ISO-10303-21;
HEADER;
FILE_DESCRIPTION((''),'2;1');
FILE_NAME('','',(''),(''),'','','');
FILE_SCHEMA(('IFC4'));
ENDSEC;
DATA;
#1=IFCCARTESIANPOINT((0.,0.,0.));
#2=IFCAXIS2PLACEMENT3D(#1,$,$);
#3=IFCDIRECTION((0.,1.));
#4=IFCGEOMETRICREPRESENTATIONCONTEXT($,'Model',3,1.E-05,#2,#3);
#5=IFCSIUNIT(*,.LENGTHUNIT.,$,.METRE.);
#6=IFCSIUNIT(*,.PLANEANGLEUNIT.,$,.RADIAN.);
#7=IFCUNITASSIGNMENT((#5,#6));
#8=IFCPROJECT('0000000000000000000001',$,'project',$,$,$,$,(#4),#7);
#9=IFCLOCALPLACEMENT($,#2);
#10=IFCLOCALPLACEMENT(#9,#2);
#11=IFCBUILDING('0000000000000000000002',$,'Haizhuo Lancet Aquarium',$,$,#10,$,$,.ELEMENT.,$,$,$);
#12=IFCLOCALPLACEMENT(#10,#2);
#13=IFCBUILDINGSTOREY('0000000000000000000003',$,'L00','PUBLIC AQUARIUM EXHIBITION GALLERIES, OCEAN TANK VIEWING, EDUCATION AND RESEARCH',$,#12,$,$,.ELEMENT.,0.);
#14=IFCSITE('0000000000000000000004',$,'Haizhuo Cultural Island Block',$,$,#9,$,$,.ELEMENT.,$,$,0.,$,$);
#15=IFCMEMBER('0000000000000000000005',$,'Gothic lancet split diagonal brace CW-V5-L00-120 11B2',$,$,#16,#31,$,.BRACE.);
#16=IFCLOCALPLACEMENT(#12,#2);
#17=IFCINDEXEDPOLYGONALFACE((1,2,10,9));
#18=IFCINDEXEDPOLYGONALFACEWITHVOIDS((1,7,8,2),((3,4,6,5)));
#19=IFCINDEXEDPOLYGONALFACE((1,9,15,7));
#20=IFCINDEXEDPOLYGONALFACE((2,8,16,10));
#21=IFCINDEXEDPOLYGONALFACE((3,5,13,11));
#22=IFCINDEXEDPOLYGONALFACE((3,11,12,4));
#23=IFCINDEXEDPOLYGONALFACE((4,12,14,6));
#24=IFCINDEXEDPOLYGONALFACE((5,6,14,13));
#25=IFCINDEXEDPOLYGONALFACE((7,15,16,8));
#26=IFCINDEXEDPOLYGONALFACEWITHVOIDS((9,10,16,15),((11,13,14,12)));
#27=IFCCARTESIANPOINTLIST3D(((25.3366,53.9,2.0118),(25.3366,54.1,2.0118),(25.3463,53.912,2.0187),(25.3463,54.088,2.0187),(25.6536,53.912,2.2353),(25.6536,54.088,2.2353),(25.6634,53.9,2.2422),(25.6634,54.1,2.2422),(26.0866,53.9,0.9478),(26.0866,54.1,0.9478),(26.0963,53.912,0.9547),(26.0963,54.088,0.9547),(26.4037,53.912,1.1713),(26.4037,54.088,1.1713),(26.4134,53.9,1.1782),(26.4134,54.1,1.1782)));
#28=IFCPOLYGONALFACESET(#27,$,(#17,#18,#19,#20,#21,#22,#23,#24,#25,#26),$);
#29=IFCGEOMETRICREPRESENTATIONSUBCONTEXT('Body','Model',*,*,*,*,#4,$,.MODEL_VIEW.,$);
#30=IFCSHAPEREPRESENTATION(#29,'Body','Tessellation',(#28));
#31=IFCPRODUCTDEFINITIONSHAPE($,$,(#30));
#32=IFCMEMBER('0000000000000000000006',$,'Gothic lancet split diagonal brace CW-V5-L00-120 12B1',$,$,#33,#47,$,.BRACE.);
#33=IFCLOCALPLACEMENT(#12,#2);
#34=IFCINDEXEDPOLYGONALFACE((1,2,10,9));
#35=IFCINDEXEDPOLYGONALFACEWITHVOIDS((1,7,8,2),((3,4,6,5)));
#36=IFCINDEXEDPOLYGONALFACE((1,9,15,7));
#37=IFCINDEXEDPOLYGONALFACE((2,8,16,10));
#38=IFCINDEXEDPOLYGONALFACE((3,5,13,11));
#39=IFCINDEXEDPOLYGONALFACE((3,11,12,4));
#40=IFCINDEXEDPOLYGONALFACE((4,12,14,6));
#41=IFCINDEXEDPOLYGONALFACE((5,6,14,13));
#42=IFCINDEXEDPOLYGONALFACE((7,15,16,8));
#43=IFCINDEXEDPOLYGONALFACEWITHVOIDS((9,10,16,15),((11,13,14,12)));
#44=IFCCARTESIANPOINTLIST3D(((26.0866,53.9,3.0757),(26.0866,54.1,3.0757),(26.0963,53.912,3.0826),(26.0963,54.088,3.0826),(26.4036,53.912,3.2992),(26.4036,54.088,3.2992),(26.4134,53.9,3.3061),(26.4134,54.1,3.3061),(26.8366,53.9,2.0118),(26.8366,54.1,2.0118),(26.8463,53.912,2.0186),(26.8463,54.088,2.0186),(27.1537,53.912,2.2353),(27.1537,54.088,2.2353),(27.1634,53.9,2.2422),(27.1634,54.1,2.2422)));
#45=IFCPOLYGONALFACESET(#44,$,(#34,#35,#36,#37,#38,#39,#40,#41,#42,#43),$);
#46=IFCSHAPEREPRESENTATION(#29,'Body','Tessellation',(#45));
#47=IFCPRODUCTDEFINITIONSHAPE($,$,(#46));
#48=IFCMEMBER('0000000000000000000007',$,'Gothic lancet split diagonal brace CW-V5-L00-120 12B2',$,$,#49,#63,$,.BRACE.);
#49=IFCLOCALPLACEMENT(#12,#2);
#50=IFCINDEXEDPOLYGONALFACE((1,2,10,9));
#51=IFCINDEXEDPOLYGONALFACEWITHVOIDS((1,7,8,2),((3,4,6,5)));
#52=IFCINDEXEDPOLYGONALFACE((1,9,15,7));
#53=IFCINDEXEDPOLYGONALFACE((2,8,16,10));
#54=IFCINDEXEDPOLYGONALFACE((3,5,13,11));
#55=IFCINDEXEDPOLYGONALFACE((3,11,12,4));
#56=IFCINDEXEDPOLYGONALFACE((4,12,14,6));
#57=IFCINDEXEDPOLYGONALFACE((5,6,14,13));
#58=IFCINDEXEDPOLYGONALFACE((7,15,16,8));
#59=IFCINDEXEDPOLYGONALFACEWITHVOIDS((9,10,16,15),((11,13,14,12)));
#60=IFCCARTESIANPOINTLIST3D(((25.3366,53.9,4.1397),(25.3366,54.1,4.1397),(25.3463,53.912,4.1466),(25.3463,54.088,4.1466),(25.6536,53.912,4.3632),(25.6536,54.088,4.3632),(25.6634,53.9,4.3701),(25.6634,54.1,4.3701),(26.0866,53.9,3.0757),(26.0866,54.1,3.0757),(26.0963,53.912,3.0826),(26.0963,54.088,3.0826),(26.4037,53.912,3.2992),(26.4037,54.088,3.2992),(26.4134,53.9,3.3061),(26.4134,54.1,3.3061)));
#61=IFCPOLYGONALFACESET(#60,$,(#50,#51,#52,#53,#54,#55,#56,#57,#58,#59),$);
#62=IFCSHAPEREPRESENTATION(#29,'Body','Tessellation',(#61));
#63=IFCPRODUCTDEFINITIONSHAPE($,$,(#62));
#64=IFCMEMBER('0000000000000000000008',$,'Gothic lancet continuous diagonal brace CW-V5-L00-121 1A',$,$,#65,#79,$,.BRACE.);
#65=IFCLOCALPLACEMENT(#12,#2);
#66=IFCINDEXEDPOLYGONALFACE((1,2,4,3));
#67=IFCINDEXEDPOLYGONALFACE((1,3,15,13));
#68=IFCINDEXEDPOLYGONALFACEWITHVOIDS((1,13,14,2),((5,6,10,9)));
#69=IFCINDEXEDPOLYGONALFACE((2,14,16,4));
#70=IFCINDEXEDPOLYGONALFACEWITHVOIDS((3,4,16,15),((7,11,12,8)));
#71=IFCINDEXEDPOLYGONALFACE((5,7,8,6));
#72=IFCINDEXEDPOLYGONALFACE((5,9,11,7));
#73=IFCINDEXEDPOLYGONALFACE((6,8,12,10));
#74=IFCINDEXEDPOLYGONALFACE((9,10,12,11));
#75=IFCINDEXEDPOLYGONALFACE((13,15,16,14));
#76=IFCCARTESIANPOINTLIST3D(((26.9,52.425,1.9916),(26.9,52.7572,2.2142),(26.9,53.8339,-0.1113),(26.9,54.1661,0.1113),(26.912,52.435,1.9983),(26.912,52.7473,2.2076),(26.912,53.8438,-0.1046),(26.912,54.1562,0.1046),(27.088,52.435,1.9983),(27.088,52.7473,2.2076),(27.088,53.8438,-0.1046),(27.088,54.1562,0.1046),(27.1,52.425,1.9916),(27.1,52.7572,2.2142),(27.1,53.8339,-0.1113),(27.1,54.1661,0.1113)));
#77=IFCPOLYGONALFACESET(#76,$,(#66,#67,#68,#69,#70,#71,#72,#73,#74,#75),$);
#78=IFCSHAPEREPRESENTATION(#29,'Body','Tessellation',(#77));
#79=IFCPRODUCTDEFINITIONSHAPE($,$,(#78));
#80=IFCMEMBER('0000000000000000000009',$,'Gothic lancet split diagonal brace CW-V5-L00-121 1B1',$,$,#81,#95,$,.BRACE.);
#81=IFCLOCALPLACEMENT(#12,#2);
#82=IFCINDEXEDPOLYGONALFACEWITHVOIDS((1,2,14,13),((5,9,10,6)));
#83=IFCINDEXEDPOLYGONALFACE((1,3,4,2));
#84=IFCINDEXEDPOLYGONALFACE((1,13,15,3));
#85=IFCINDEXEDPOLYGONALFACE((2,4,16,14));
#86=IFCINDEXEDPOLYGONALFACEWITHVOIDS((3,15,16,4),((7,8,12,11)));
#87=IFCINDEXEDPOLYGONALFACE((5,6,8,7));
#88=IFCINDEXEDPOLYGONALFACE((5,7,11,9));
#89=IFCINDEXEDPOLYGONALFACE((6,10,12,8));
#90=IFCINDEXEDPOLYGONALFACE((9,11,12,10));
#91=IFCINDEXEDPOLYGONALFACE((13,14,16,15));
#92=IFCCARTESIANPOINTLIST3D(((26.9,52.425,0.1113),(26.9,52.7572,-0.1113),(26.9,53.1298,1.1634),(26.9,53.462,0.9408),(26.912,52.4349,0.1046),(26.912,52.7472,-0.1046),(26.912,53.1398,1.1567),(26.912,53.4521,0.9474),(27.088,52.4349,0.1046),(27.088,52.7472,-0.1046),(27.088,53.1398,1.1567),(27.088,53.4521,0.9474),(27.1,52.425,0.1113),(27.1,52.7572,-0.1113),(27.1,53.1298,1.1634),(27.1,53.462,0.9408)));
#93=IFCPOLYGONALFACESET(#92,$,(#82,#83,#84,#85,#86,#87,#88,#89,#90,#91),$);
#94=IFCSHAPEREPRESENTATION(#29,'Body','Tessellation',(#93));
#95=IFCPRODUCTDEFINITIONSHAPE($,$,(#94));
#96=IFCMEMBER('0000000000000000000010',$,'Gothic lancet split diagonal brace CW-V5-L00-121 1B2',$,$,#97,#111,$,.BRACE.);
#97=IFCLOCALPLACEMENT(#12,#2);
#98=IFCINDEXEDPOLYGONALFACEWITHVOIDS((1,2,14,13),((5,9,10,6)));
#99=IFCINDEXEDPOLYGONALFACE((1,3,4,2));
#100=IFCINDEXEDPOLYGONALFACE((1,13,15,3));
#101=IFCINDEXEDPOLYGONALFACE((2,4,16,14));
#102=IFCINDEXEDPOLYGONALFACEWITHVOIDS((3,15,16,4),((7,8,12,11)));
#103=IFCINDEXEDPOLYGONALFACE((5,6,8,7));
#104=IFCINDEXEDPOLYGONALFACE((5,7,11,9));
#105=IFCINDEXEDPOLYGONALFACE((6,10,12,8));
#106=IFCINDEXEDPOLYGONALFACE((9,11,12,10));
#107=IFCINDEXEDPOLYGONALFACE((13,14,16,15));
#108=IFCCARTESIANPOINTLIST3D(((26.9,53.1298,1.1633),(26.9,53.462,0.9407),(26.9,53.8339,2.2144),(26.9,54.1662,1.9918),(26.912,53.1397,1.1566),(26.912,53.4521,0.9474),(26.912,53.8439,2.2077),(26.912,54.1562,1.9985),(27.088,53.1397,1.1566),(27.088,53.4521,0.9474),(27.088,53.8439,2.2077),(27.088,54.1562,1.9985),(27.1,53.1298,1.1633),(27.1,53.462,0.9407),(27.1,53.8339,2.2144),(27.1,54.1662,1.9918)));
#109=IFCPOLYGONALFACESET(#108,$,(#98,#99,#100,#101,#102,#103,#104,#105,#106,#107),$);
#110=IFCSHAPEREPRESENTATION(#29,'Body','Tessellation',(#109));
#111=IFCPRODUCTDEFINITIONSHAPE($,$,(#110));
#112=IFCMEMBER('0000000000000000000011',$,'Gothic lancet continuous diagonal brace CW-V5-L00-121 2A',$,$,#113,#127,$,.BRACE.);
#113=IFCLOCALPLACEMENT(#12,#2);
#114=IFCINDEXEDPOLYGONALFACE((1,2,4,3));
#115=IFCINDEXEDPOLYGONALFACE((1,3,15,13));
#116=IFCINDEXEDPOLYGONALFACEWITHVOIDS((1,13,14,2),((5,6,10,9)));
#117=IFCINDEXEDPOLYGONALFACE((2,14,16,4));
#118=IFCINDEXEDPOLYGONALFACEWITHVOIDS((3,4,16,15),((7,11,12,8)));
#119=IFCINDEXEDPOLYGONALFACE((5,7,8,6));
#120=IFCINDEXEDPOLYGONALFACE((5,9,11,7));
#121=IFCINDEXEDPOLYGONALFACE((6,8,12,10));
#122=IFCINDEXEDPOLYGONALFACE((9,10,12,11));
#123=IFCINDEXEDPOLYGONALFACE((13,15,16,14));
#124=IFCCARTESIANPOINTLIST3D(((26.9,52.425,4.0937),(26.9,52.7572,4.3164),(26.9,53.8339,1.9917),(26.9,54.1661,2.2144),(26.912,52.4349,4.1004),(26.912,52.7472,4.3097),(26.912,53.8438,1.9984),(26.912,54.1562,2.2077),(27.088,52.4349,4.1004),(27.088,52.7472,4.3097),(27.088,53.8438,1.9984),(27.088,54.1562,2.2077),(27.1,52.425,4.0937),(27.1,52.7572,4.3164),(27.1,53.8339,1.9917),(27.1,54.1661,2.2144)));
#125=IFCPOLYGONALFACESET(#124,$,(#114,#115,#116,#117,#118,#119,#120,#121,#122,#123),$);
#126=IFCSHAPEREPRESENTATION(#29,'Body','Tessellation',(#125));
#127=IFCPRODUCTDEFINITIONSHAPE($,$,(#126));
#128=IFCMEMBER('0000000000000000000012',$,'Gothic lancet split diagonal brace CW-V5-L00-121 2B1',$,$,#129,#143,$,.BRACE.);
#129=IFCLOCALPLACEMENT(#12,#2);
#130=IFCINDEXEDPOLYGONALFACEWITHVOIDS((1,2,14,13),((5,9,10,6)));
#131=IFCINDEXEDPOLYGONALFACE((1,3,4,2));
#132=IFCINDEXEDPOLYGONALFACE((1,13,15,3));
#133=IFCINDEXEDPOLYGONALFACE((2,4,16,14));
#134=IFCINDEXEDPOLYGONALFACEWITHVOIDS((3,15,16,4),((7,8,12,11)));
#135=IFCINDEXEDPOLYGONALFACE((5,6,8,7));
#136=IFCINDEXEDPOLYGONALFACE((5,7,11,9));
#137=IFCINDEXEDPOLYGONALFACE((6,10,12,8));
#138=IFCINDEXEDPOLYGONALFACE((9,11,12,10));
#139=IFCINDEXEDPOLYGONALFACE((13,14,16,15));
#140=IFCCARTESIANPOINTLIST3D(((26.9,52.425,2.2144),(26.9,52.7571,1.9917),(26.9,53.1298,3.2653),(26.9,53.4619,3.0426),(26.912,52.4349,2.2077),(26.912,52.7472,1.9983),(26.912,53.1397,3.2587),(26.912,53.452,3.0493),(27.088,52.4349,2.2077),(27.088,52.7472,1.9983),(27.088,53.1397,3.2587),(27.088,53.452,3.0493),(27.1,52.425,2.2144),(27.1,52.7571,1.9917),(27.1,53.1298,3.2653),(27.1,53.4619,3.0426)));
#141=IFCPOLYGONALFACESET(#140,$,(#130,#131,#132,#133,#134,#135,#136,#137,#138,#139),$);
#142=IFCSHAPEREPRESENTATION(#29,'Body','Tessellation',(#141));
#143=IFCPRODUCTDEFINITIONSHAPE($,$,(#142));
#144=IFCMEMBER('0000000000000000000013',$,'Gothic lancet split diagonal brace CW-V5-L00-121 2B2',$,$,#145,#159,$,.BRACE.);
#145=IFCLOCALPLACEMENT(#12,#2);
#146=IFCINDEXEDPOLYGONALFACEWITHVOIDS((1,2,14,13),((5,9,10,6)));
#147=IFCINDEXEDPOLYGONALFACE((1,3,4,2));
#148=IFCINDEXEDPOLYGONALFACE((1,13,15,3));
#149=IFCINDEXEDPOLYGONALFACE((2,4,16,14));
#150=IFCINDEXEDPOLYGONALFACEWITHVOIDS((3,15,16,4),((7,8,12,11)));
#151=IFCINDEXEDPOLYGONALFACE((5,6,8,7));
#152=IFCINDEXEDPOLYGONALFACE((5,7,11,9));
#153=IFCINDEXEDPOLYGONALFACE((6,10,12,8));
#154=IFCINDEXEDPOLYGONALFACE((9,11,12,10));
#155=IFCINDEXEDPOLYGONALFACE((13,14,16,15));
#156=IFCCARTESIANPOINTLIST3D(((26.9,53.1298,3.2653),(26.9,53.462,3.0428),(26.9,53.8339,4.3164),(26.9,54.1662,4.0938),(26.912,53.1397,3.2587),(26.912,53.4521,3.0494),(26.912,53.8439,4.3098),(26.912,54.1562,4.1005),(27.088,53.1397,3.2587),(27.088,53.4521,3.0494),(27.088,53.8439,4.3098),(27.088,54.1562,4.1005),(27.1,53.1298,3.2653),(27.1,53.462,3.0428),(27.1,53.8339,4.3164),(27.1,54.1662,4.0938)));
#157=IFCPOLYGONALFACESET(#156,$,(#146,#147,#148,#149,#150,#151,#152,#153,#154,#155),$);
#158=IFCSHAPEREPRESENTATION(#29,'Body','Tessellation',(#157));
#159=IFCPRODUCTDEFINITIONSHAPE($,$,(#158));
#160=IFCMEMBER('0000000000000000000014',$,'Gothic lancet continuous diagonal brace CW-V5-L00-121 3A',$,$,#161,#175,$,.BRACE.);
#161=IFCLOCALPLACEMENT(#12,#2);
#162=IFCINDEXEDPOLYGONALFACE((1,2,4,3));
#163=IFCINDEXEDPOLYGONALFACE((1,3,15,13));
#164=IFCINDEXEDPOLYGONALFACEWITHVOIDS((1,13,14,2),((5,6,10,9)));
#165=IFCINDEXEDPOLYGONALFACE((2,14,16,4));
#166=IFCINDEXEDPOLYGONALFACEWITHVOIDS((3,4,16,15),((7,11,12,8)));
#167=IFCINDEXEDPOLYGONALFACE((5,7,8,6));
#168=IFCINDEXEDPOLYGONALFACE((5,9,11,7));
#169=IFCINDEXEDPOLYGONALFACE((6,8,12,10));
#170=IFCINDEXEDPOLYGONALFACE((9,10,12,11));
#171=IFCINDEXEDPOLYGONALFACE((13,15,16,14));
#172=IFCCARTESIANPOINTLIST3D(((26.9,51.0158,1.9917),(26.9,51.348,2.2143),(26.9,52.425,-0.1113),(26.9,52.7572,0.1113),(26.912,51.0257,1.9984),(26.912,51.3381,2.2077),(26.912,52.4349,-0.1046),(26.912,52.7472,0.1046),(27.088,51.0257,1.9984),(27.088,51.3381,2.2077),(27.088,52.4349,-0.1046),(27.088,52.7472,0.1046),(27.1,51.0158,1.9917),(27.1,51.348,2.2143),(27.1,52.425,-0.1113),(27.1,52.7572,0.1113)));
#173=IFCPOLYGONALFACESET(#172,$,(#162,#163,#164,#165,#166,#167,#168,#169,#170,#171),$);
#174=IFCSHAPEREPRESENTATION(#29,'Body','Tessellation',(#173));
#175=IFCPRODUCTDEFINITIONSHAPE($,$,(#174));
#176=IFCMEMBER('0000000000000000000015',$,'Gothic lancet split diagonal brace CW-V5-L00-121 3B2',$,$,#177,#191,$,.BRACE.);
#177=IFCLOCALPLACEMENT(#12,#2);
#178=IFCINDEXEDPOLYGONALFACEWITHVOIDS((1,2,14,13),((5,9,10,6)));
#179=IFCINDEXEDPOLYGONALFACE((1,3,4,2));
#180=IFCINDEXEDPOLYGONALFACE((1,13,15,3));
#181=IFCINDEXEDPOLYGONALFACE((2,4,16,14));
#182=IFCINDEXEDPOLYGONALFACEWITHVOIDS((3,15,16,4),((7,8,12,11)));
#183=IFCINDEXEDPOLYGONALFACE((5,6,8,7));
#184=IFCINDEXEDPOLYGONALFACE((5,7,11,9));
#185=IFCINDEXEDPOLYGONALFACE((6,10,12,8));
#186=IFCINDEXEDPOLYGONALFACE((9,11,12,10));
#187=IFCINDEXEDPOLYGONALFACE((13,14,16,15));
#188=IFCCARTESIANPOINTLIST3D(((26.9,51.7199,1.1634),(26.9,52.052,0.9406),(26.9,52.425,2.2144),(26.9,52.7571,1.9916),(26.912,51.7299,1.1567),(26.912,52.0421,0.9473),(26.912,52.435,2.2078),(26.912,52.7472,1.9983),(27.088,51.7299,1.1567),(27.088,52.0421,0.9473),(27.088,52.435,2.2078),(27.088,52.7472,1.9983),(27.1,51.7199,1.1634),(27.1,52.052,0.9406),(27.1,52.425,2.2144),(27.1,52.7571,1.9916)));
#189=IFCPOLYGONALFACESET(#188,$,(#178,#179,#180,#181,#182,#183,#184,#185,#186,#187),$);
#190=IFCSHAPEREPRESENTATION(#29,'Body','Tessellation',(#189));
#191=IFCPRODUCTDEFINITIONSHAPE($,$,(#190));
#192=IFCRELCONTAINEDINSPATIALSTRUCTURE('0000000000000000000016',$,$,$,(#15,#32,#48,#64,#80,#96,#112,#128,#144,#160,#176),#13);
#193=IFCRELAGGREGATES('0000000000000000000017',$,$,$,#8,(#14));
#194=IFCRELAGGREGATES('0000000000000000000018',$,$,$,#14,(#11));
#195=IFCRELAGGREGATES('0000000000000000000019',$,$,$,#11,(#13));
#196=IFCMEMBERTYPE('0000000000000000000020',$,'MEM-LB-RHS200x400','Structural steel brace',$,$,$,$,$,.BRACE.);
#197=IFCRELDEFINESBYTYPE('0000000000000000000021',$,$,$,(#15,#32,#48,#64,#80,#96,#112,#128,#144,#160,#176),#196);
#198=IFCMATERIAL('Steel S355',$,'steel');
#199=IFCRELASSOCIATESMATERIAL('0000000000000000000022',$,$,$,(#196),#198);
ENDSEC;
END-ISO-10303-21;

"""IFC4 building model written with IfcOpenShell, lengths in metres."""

from ifc_helpers import new_model, si_unit, direction, frame, origin, origin_2d, place, context, subcontext, project, spatial, hollow_rectangle, extrude, material, material_profile, profile_set, type_object, element, save


model = new_model("IFC4")

# Units and contexts
model_context = context("Model", 3, precision=1e-05, world=origin(), true_north=direction((0.0, 1.0)))
body_context = subcontext(model_context, "Body", "Model", "MODEL_VIEW")
ifc_project = project(units=[si_unit("LENGTHUNIT", "METRE"), si_unit("PLANEANGLEUNIT", "RADIAN")], contexts=[model_context])

# Site, building, storey
site_placement = place(None, origin())
site = spatial("IfcSite", under=ifc_project, at=site_placement, Name="Haizhuo Cultural Island Block", CompositionType="ELEMENT", RefElevation=0.0)
building_placement = place(site_placement, origin())
building = spatial("IfcBuilding", under=site, at=building_placement, Name="Haizhuo Lancet Aquarium", CompositionType="ELEMENT")
storey_placement = place(building_placement, origin())
storey = spatial("IfcBuildingStorey", under=building, at=storey_placement, Name="L00", Description="PUBLIC AQUARIUM EXHIBITION GALLERIES, OCEAN TANK VIEWING, EDUCATION AND RESEARCH", CompositionType="ELEMENT", Elevation=0.0)

# Members
ifc_material_1 = material(Name="Steel S355", Category="steel")
ifc_material_profile_1 = material_profile(ifc_material_1, hollow_rectangle(XDim=0.2, YDim=0.3999, WallThickness=0.012, at=origin_2d()), Name="RHS 200x400x12")
ifc_profile_set_1 = profile_set([ifc_material_profile_1], Name="Steel S355")
member_type_1 = type_object("IfcMemberType", Name="MEM-LB-RHS200x400", Description="Structural steel brace", PredefinedType="BRACE", material=ifc_profile_set_1)
for number, where, z_axis, x_axis, name in (
    (1, (26.25, 54.0, 1.063), (-0.576153, 0.0, 0.817342), (0.0, -1.0, 0.0), "Gothic lancet split diagonal brace CW-V5-L00-120 11B2"),
    (2, (27.0, 54.0, 2.127), (-0.576153, 0.0, 0.817342), (0.0, -1.0, 0.0), "Gothic lancet split diagonal brace CW-V5-L00-120 12B1"),
    (3, (26.25, 54.0, 3.1909), (-0.576153, 0.0, 0.817342), (0.0, -1.0, 0.0), "Gothic lancet split diagonal brace CW-V5-L00-120 12B2"),
):
    element("IfcMember", number, at=place(storey_placement, frame(where, z_axis=z_axis, x_axis=x_axis)), inside=storey, type_object=member_type_1, Name=name, PredefinedType="BRACE", context=body_context, shape_type="SweptSolid", body=[
        extrude(hollow_rectangle(XDim=0.2, YDim=0.3999, WallThickness=0.012, at=origin_2d()), origin(), (0.0, 0.0, 1.0), 1.3018),
    ])
member_1_placement = place(storey_placement, frame((27.0, 54.0, 0.0), z_axis=(0.0, -0.556591, 0.830787), x_axis=(1.0, 0.0, 0.0)))
element("IfcMember", 4, at=member_1_placement, inside=storey, type_object=member_type_1, Name="Gothic lancet continuous diagonal brace CW-V5-L00-121 1A", PredefinedType="BRACE", context=body_context, shape_type="SweptSolid", body=[
    extrude(hollow_rectangle(XDim=0.2, YDim=0.3999, WallThickness=0.012, at=origin_2d()), origin(), (0.0, 0.0, 1.0), 2.5312),
])
member_2_placement = place(storey_placement, frame((27.0, 52.5911, 0.0), z_axis=(0.0, 0.556612, 0.830773), x_axis=(-1.0, 0.0, 0.0)))
element("IfcMember", 5, at=member_2_placement, inside=storey, type_object=member_type_1, Name="Gothic lancet split diagonal brace CW-V5-L00-121 1B1", PredefinedType="BRACE", context=body_context, shape_type="SweptSolid", body=[
    extrude(hollow_rectangle(XDim=0.2, YDim=0.3999, WallThickness=0.012, at=origin_2d()), origin(), (0.0, 0.0, 1.0), 1.2664),
])
member_3_placement = place(storey_placement, frame((27.0, 53.2959, 1.052), z_axis=(0.0, 0.556569, 0.830801), x_axis=(-1.0, 0.0, 0.0)))
element("IfcMember", 6, at=member_3_placement, inside=storey, type_object=member_type_1, Name="Gothic lancet split diagonal brace CW-V5-L00-121 1B2", PredefinedType="BRACE", context=body_context, shape_type="SweptSolid", body=[
    extrude(hollow_rectangle(XDim=0.2, YDim=0.3999, WallThickness=0.012, at=origin_2d()), origin(), (0.0, 0.0, 1.0), 1.2651),
])
member_4_placement = place(storey_placement, frame((27.0, 54.0, 2.103), z_axis=(0.0, -0.556769, 0.830667), x_axis=(1.0, 0.0, 0.0)))
element("IfcMember", 7, at=member_4_placement, inside=storey, type_object=member_type_1, Name="Gothic lancet continuous diagonal brace CW-V5-L00-121 2A", PredefinedType="BRACE", context=body_context, shape_type="SweptSolid", body=[
    extrude(hollow_rectangle(XDim=0.2, YDim=0.3999, WallThickness=0.012, at=origin_2d()), origin(), (0.0, 0.0, 1.0), 2.5305),
])
member_5_placement = place(storey_placement, frame((27.0, 52.5911, 2.103), z_axis=(0.0, 0.556969, 0.830533), x_axis=(-1.0, 0.0, 0.0)))
element("IfcMember", 8, at=member_5_placement, inside=storey, type_object=member_type_1, Name="Gothic lancet split diagonal brace CW-V5-L00-121 2B1", PredefinedType="BRACE", context=body_context, shape_type="SweptSolid", body=[
    extrude(hollow_rectangle(XDim=0.2, YDim=0.3999, WallThickness=0.012, at=origin_2d()), origin(), (0.0, 0.0, 1.0), 1.2654),
])
member_6_placement = place(storey_placement, frame((27.0, 53.2959, 3.1541), z_axis=(0.0, 0.556569, 0.830801), x_axis=(-1.0, 0.0, 0.0)))
element("IfcMember", 9, at=member_6_placement, inside=storey, type_object=member_type_1, Name="Gothic lancet split diagonal brace CW-V5-L00-121 2B2", PredefinedType="BRACE", context=body_context, shape_type="SweptSolid", body=[
    extrude(hollow_rectangle(XDim=0.2, YDim=0.3999, WallThickness=0.012, at=origin_2d()), origin(), (0.0, 0.0, 1.0), 1.2651),
])
member_7_placement = place(storey_placement, frame((27.0, 52.5911, 0.0), z_axis=(0.0, -0.556657, 0.830742), x_axis=(1.0, 0.0, 0.0)))
element("IfcMember", 10, at=member_7_placement, inside=storey, type_object=member_type_1, Name="Gothic lancet continuous diagonal brace CW-V5-L00-121 3A", PredefinedType="BRACE", context=body_context, shape_type="SweptSolid", body=[
    extrude(hollow_rectangle(XDim=0.2, YDim=0.3999, WallThickness=0.012, at=origin_2d()), origin(), (0.0, 0.0, 1.0), 2.5315),
])
member_8_placement = place(storey_placement, frame((27.0, 51.886, 1.052), z_axis=(0.0, 0.557102, 0.830444), x_axis=(-1.0, 0.0, 0.0)))
element("IfcMember", 11, at=member_8_placement, inside=storey, type_object=member_type_1, Name="Gothic lancet split diagonal brace CW-V5-L00-121 3B2", PredefinedType="BRACE", context=body_context, shape_type="SweptSolid", body=[
    extrude(hollow_rectangle(XDim=0.2, YDim=0.3999, WallThickness=0.012, at=origin_2d()), origin(), (0.0, 0.0, 1.0), 1.2656),
])

save(model, "model.ifc")
